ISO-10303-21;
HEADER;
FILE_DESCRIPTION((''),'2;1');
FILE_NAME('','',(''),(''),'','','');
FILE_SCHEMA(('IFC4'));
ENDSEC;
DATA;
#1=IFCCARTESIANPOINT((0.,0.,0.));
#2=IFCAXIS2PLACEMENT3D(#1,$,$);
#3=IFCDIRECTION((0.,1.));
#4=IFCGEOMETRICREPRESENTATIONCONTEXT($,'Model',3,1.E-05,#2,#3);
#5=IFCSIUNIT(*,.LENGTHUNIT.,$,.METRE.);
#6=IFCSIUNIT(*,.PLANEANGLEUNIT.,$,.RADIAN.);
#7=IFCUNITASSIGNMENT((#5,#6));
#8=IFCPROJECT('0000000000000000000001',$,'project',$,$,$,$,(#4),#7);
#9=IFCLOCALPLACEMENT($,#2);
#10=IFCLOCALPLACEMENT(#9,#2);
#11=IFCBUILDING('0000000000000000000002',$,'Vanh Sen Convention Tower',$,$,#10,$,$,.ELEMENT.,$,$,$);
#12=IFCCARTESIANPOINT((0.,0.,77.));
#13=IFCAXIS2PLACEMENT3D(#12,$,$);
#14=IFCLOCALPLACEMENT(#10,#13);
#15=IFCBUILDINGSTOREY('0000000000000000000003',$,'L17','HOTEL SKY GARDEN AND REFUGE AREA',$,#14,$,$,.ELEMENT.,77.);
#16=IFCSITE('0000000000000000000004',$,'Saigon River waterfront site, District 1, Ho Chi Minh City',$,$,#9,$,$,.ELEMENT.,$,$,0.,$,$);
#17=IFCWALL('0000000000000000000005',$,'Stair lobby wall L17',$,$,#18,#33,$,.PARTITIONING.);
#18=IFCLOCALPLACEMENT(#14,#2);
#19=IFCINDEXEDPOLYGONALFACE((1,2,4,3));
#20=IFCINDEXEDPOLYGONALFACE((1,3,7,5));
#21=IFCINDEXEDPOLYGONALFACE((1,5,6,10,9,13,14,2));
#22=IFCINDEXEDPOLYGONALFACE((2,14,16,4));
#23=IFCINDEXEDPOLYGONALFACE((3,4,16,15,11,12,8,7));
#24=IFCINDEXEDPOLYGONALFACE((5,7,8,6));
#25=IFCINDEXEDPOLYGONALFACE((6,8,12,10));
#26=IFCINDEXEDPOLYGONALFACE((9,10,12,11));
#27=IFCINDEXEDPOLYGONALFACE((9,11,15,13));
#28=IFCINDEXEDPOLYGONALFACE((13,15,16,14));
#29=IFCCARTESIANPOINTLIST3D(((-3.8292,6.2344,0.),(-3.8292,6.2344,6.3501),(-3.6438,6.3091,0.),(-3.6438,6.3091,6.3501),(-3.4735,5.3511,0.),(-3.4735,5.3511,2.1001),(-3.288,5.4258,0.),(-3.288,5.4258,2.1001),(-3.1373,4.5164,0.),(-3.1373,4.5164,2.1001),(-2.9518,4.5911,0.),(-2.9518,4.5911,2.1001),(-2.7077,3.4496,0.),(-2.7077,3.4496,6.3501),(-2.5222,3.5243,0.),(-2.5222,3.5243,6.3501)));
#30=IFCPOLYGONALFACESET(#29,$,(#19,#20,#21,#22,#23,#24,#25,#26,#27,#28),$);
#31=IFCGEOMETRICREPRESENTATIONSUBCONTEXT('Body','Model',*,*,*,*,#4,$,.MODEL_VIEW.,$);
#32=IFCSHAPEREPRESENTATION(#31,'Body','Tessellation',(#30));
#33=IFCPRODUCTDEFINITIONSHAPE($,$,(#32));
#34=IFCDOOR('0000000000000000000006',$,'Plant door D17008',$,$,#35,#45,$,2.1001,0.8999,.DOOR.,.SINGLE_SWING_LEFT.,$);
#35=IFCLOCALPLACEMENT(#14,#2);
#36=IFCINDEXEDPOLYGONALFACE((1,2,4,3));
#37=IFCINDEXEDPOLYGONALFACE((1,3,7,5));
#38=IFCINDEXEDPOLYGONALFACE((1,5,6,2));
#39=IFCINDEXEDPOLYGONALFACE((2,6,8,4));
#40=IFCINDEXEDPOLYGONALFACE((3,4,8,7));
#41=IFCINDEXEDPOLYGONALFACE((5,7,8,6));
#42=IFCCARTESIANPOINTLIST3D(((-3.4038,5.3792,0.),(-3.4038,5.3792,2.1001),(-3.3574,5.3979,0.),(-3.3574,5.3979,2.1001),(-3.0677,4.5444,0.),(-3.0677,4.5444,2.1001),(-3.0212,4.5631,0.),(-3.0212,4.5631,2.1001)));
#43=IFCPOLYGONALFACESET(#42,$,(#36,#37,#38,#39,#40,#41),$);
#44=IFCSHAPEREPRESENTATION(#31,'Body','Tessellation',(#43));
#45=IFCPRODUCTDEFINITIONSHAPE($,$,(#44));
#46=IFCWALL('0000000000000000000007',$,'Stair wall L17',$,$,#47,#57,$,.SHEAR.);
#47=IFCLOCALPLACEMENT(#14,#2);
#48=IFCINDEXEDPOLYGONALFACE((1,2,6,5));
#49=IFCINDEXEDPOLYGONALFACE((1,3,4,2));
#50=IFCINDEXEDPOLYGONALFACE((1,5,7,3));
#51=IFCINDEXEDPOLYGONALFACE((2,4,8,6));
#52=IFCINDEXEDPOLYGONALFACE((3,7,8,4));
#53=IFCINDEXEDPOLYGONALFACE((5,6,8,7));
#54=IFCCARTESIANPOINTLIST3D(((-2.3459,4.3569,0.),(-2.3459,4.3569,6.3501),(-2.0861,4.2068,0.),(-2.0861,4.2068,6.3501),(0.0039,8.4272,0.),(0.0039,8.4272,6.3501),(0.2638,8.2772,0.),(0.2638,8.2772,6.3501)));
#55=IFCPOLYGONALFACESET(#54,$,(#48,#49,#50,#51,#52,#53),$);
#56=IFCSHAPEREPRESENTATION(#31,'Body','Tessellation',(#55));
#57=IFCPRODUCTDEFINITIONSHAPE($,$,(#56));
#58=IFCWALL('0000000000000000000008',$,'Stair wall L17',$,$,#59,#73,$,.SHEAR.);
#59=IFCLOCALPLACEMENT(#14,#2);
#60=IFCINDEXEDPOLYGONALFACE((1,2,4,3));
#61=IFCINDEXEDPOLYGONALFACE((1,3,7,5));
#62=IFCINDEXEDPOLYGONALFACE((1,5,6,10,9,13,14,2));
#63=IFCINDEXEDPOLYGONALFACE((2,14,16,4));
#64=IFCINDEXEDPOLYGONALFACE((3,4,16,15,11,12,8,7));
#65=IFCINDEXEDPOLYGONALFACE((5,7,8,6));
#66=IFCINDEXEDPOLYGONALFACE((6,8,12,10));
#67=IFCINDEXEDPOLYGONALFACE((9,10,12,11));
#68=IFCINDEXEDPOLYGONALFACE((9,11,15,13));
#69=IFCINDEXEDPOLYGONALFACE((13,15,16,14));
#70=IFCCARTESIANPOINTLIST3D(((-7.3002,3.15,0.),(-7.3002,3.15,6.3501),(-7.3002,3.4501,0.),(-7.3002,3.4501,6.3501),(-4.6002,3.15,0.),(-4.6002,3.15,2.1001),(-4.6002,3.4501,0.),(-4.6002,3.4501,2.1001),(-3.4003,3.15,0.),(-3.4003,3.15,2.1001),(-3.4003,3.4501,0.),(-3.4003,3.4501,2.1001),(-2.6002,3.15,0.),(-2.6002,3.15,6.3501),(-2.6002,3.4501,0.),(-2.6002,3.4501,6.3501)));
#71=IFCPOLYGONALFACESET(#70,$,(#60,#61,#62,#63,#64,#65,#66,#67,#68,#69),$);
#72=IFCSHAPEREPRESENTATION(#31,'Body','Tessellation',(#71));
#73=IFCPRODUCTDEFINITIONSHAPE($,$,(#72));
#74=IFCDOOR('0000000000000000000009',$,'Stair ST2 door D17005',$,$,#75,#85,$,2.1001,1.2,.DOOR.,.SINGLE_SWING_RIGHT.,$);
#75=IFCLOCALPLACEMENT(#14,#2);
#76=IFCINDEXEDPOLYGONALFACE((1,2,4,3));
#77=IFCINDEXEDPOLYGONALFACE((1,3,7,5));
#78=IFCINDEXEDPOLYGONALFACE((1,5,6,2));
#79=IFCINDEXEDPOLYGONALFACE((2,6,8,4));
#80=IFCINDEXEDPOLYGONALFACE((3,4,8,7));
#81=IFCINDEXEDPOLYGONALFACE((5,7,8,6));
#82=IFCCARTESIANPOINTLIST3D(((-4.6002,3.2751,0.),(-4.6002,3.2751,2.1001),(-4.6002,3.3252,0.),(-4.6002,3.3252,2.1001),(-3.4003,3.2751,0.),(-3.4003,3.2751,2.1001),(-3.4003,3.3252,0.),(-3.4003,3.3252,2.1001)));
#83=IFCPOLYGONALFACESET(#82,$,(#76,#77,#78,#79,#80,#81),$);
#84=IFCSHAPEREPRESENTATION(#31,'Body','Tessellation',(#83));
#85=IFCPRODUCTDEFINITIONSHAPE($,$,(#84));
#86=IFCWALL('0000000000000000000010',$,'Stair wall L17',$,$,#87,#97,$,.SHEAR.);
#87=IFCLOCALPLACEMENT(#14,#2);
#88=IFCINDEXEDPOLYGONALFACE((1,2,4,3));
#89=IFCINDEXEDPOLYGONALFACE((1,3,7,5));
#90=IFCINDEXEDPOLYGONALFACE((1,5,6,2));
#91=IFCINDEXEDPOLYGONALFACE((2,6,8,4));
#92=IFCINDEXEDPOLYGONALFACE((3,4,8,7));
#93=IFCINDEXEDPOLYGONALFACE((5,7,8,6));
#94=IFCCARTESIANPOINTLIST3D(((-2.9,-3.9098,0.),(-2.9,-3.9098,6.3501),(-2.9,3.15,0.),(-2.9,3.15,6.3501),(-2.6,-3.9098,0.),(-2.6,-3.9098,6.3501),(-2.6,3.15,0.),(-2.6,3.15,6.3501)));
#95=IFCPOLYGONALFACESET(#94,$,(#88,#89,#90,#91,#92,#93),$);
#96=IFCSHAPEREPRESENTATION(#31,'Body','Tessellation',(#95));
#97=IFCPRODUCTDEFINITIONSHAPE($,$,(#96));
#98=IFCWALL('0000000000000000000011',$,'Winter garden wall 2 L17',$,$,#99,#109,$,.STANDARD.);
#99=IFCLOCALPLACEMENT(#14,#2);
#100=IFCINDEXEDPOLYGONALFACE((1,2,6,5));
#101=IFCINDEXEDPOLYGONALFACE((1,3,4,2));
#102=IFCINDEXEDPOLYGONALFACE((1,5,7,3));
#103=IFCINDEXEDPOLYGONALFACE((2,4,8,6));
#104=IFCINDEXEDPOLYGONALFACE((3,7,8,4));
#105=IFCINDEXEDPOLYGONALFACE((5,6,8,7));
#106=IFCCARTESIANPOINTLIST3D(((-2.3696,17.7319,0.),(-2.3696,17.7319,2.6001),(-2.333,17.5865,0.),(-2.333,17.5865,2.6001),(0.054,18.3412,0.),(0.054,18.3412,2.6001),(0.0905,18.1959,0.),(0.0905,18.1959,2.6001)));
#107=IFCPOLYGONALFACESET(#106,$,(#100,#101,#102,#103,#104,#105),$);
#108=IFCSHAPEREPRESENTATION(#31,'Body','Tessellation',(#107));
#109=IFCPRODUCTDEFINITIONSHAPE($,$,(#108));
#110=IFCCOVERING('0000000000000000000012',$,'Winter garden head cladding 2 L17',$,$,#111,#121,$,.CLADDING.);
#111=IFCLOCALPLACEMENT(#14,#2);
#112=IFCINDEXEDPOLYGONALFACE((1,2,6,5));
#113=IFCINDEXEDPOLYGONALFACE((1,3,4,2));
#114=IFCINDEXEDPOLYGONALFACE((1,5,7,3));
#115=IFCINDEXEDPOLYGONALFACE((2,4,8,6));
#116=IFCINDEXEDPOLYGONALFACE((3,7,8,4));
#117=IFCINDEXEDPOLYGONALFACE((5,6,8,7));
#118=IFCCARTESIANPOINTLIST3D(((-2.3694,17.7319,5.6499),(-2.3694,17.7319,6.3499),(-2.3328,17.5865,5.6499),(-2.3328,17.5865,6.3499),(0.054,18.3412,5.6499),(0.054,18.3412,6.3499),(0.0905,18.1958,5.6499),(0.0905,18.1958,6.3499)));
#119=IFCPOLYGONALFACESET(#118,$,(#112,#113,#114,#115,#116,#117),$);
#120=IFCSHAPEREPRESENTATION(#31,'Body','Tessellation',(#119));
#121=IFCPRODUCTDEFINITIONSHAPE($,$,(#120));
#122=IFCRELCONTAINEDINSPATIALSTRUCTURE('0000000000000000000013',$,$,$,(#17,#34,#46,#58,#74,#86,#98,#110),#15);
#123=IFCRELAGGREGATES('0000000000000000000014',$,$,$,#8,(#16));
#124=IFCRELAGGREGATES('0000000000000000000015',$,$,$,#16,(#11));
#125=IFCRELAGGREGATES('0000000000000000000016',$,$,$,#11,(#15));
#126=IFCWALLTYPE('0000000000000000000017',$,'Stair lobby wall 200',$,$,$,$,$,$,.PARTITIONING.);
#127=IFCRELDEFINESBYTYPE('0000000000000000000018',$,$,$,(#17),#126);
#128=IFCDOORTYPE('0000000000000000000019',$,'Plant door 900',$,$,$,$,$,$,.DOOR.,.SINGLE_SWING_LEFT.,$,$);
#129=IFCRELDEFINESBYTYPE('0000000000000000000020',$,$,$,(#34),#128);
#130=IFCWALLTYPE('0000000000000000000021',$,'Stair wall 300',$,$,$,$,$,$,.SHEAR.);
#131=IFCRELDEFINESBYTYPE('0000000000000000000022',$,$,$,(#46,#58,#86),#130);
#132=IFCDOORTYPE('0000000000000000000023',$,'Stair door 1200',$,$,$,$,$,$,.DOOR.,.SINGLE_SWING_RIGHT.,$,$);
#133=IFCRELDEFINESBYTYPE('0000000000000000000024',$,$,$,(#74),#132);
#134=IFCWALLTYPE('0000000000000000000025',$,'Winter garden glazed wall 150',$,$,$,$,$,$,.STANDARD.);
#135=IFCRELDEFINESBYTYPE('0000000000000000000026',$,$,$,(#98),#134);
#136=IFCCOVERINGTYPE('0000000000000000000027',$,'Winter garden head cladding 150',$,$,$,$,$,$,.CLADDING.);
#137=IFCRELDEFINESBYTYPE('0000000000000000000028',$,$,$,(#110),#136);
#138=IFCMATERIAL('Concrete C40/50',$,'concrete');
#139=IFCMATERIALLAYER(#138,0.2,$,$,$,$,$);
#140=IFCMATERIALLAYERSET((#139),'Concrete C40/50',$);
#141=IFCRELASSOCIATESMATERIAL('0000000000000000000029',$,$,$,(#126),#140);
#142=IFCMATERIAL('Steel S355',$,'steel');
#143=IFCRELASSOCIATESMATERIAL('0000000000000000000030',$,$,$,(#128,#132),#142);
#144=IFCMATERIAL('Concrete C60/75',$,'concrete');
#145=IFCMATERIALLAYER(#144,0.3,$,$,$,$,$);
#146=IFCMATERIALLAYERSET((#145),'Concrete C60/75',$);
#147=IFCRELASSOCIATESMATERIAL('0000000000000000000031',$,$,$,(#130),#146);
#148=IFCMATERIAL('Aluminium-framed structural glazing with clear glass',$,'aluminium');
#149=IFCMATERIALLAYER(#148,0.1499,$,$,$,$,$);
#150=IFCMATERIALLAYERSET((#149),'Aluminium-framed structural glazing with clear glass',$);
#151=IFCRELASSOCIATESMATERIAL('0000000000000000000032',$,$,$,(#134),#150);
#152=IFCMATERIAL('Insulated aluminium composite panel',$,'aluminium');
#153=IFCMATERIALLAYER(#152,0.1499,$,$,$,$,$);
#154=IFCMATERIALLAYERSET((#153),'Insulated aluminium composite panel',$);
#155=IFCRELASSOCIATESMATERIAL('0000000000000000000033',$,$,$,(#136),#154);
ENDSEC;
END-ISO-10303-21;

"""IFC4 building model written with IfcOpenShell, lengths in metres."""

from ifc_helpers import new_model, si_unit, direction, frame, frame_2d, origin, origin_2d, place, context, subcontext, project, spatial, rectangle, extrude, material, layer, layer_set, type_object, element, fill, save


model = new_model("IFC4")

# Units and contexts
model_context = context("Model", 3, precision=1e-05, world=origin(), true_north=direction((0.0, 1.0)))
body_context = subcontext(model_context, "Body", "Model", "MODEL_VIEW")
ifc_project = project(units=[si_unit("LENGTHUNIT", "METRE"), si_unit("PLANEANGLEUNIT", "RADIAN")], contexts=[model_context])

# Site, building, storey
site_placement = place(None, origin())
site = spatial("IfcSite", under=ifc_project, at=site_placement, Name="Saigon River waterfront site, District 1, Ho Chi Minh City", CompositionType="ELEMENT", RefElevation=0.0)
building_placement = place(site_placement, origin())
building = spatial("IfcBuilding", under=site, at=building_placement, Name="Vanh Sen Convention Tower", CompositionType="ELEMENT")
storey_placement = place(building_placement, frame((0.0, 0.0, 77.0)))
storey = spatial("IfcBuildingStorey", under=building, at=storey_placement, Name="L17", Description="HOTEL SKY GARDEN AND REFUGE AREA", CompositionType="ELEMENT", Elevation=77.0)

# Shared definitions
ifc_material_1 = material(Name="Steel S355", Category="steel")

# Shared definitions
ifc_material_2 = material(Name="Concrete C40/50", Category="concrete")

# Wall, opening, door
ifc_layer_1 = layer(ifc_material_2, 0.2)
ifc_layer_set_1 = layer_set([ifc_layer_1], Name="Concrete C40/50")
wall_type_1 = type_object("IfcWallType", Name="Stair lobby wall 200", PredefinedType="PARTITIONING", material=ifc_layer_set_1)
wall_1_placement = place(storey_placement, frame((-2.615, 3.4871, 0.0), z_axis=(0.0, 0.0, 1.0), x_axis=(-0.373577, 0.927599, 0.0)))
wall_1 = element("IfcWall", 1, at=wall_1_placement, inside=storey, type_object=wall_type_1, Name="Stair lobby wall L17", PredefinedType="PARTITIONING", context=body_context, shape_type="SweptSolid", body=[
    extrude(rectangle(XDim=3.0022, YDim=0.2, at=frame_2d((1.501, 0.0))), origin(), (0.0, 0.0, 1.0), 6.3501),
])
opening_1_placement = place(wall_1_placement, frame((1.1499, 0.0, 0.0)))
opening_1 = element("IfcOpeningElement", 2, at=opening_1_placement, cuts=wall_1, PredefinedType="OPENING", context=body_context, shape_type="SweptSolid", body=[
    extrude(rectangle(XDim=0.8999, YDim=2.1001, at=frame_2d((0.45, 1.05))), frame((0.0, 0.1099, 0.0), z_axis=(0.0, -1.0, 0.0), x_axis=(1.0, 0.0, 0.0)), (0.0, 0.0, 1.0), 0.22),
])
door_type_1 = type_object("IfcDoorType", Name="Plant door 900", OperationType="SINGLE_SWING_LEFT", PredefinedType="DOOR", material=ifc_material_1)
door_1_placement = place(opening_1_placement, origin())
door_1 = element("IfcDoor", 3, at=door_1_placement, inside=storey, type_object=door_type_1, Name="Plant door D17008", OperationType="SINGLE_SWING_LEFT", OverallHeight=2.1001, OverallWidth=0.8999, PredefinedType="DOOR", context=body_context, shape_type="SweptSolid", body=[
    extrude(rectangle(XDim=0.8999, YDim=2.1001, at=frame_2d((0.45, 1.05))), frame((0.0, 0.0249, 0.0), z_axis=(0.0, -1.0, 0.0), x_axis=(1.0, 0.0, 0.0)), (0.0, 0.0, 1.0), 0.05),
])
fill(opening_1, door_1)

# Wall
ifc_material_3 = material(Name="Concrete C60/75", Category="concrete")
ifc_layer_2 = layer(ifc_material_3, 0.3)
ifc_layer_set_2 = layer_set([ifc_layer_2], Name="Concrete C60/75")
wall_type_2 = type_object("IfcWallType", Name="Stair wall 300", PredefinedType="SHEAR", material=ifc_layer_set_2)
wall_2_placement = place(storey_placement, frame((-2.2161, 4.2817, 0.0), z_axis=(0.0, 0.0, 1.0), x_axis=(0.499977, 0.866039, 0.0)))
element("IfcWall", 4, at=wall_2_placement, inside=storey, type_object=wall_type_2, Name="Stair wall L17", PredefinedType="SHEAR", context=body_context, shape_type="SweptSolid", body=[
    extrude(rectangle(XDim=4.7, YDim=0.3, at=frame_2d((2.3501, 0.0))), origin(), (0.0, 0.0, 1.0), 6.3501),
])

# Wall, opening, door
wall_3_placement = place(storey_placement, frame((-2.6001, 3.3, 0.0), z_axis=(0.0, 0.0, 1.0), x_axis=(-1.0, 0.0, 0.0)))
wall_3 = element("IfcWall", 5, at=wall_3_placement, inside=storey, type_object=wall_type_2, Name="Stair wall L17", PredefinedType="SHEAR", context=body_context, shape_type="SweptSolid", body=[
    extrude(rectangle(XDim=4.7, YDim=0.3, at=frame_2d((2.3501, 0.0))), origin(), (0.0, 0.0, 1.0), 6.3501),
])
opening_2_placement = place(wall_3_placement, frame((0.8, 0.0, 0.0)))
opening_2 = element("IfcOpeningElement", 6, at=opening_2_placement, cuts=wall_3, PredefinedType="OPENING", context=body_context, shape_type="SweptSolid", body=[
    extrude(rectangle(XDim=1.2, YDim=2.1001, at=frame_2d((0.6001, 1.05))), frame((0.0, 0.1599, 0.0), z_axis=(0.0, -1.0, 0.0), x_axis=(1.0, 0.0, 0.0)), (0.0, 0.0, 1.0), 0.3201),
])
door_type_2 = type_object("IfcDoorType", Name="Stair door 1200", OperationType="SINGLE_SWING_RIGHT", PredefinedType="DOOR", material=ifc_material_1)
door_2_placement = place(opening_2_placement, origin())
door_2 = element("IfcDoor", 7, at=door_2_placement, inside=storey, type_object=door_type_2, Name="Stair ST2 door D17005", OperationType="SINGLE_SWING_RIGHT", OverallHeight=2.1001, OverallWidth=1.2, PredefinedType="DOOR", context=body_context, shape_type="SweptSolid", body=[
    extrude(rectangle(XDim=1.2, YDim=2.1001, at=frame_2d((0.6001, 1.05))), frame((0.0, 0.0249, 0.0), z_axis=(0.0, -1.0, 0.0), x_axis=(1.0, 0.0, 0.0)), (0.0, 0.0, 1.0), 0.05),
])
fill(opening_2, door_2)

# Walls
wall_4_placement = place(storey_placement, frame((-2.75, 3.1499, 0.0), z_axis=(0.0, 0.0, 1.0), x_axis=(0.0, -1.0, 0.0)))
element("IfcWall", 8, at=wall_4_placement, inside=storey, type_object=wall_type_2, Name="Stair wall L17", PredefinedType="SHEAR", context=body_context, shape_type="SweptSolid", body=[
    extrude(rectangle(XDim=7.0598, YDim=0.3, at=frame_2d((3.5298, 0.0))), origin(), (0.0, 0.0, 1.0), 6.3501),
])
ifc_material_4 = material(Name="Aluminium-framed structural glazing with clear glass", Category="aluminium")
ifc_layer_3 = layer(ifc_material_4, 0.1499)
ifc_layer_set_3 = layer_set([ifc_layer_3], Name="Aluminium-framed structural glazing with clear glass")
wall_type_3 = type_object("IfcWallType", Name="Winter garden glazed wall 150", PredefinedType="STANDARD", material=ifc_layer_set_3)
wall_5_placement = place(storey_placement, frame((-2.3513, 17.6592, 0.0), z_axis=(0.0, 0.0, 1.0), x_axis=(0.969814, 0.243846, 0.0)))
element("IfcWall", 9, at=wall_5_placement, inside=storey, type_object=wall_type_3, Name="Winter garden wall 2 L17", PredefinedType="STANDARD", context=body_context, shape_type="SweptSolid", body=[
    extrude(rectangle(XDim=2.499, YDim=0.1499, at=frame_2d((1.2495, 0.0))), origin(), (0.0, 0.0, 1.0), 2.6001),
])

# Covering
ifc_material_5 = material(Name="Insulated aluminium composite panel", Category="aluminium")
ifc_layer_4 = layer(ifc_material_5, 0.1499)
ifc_layer_set_4 = layer_set([ifc_layer_4], Name="Insulated aluminium composite panel")
covering_type = type_object("IfcCoveringType", Name="Winter garden head cladding 150", PredefinedType="CLADDING", material=ifc_layer_set_4)
covering_placement = place(storey_placement, frame((-1.1394, 17.9639, 5.6499), z_axis=(0.0, 0.0, 1.0), x_axis=(0.969813, 0.24385, 0.0)))
element("IfcCovering", 10, at=covering_placement, inside=storey, type_object=covering_type, Name="Winter garden head cladding 2 L17", PredefinedType="CLADDING", context=body_context, shape_type="SweptSolid", body=[
    extrude(rectangle(XDim=2.4988, YDim=0.1499, at=origin_2d()), origin(), (0.0, 0.0, 1.0), 0.7),
])

save(model, "model.ifc")
